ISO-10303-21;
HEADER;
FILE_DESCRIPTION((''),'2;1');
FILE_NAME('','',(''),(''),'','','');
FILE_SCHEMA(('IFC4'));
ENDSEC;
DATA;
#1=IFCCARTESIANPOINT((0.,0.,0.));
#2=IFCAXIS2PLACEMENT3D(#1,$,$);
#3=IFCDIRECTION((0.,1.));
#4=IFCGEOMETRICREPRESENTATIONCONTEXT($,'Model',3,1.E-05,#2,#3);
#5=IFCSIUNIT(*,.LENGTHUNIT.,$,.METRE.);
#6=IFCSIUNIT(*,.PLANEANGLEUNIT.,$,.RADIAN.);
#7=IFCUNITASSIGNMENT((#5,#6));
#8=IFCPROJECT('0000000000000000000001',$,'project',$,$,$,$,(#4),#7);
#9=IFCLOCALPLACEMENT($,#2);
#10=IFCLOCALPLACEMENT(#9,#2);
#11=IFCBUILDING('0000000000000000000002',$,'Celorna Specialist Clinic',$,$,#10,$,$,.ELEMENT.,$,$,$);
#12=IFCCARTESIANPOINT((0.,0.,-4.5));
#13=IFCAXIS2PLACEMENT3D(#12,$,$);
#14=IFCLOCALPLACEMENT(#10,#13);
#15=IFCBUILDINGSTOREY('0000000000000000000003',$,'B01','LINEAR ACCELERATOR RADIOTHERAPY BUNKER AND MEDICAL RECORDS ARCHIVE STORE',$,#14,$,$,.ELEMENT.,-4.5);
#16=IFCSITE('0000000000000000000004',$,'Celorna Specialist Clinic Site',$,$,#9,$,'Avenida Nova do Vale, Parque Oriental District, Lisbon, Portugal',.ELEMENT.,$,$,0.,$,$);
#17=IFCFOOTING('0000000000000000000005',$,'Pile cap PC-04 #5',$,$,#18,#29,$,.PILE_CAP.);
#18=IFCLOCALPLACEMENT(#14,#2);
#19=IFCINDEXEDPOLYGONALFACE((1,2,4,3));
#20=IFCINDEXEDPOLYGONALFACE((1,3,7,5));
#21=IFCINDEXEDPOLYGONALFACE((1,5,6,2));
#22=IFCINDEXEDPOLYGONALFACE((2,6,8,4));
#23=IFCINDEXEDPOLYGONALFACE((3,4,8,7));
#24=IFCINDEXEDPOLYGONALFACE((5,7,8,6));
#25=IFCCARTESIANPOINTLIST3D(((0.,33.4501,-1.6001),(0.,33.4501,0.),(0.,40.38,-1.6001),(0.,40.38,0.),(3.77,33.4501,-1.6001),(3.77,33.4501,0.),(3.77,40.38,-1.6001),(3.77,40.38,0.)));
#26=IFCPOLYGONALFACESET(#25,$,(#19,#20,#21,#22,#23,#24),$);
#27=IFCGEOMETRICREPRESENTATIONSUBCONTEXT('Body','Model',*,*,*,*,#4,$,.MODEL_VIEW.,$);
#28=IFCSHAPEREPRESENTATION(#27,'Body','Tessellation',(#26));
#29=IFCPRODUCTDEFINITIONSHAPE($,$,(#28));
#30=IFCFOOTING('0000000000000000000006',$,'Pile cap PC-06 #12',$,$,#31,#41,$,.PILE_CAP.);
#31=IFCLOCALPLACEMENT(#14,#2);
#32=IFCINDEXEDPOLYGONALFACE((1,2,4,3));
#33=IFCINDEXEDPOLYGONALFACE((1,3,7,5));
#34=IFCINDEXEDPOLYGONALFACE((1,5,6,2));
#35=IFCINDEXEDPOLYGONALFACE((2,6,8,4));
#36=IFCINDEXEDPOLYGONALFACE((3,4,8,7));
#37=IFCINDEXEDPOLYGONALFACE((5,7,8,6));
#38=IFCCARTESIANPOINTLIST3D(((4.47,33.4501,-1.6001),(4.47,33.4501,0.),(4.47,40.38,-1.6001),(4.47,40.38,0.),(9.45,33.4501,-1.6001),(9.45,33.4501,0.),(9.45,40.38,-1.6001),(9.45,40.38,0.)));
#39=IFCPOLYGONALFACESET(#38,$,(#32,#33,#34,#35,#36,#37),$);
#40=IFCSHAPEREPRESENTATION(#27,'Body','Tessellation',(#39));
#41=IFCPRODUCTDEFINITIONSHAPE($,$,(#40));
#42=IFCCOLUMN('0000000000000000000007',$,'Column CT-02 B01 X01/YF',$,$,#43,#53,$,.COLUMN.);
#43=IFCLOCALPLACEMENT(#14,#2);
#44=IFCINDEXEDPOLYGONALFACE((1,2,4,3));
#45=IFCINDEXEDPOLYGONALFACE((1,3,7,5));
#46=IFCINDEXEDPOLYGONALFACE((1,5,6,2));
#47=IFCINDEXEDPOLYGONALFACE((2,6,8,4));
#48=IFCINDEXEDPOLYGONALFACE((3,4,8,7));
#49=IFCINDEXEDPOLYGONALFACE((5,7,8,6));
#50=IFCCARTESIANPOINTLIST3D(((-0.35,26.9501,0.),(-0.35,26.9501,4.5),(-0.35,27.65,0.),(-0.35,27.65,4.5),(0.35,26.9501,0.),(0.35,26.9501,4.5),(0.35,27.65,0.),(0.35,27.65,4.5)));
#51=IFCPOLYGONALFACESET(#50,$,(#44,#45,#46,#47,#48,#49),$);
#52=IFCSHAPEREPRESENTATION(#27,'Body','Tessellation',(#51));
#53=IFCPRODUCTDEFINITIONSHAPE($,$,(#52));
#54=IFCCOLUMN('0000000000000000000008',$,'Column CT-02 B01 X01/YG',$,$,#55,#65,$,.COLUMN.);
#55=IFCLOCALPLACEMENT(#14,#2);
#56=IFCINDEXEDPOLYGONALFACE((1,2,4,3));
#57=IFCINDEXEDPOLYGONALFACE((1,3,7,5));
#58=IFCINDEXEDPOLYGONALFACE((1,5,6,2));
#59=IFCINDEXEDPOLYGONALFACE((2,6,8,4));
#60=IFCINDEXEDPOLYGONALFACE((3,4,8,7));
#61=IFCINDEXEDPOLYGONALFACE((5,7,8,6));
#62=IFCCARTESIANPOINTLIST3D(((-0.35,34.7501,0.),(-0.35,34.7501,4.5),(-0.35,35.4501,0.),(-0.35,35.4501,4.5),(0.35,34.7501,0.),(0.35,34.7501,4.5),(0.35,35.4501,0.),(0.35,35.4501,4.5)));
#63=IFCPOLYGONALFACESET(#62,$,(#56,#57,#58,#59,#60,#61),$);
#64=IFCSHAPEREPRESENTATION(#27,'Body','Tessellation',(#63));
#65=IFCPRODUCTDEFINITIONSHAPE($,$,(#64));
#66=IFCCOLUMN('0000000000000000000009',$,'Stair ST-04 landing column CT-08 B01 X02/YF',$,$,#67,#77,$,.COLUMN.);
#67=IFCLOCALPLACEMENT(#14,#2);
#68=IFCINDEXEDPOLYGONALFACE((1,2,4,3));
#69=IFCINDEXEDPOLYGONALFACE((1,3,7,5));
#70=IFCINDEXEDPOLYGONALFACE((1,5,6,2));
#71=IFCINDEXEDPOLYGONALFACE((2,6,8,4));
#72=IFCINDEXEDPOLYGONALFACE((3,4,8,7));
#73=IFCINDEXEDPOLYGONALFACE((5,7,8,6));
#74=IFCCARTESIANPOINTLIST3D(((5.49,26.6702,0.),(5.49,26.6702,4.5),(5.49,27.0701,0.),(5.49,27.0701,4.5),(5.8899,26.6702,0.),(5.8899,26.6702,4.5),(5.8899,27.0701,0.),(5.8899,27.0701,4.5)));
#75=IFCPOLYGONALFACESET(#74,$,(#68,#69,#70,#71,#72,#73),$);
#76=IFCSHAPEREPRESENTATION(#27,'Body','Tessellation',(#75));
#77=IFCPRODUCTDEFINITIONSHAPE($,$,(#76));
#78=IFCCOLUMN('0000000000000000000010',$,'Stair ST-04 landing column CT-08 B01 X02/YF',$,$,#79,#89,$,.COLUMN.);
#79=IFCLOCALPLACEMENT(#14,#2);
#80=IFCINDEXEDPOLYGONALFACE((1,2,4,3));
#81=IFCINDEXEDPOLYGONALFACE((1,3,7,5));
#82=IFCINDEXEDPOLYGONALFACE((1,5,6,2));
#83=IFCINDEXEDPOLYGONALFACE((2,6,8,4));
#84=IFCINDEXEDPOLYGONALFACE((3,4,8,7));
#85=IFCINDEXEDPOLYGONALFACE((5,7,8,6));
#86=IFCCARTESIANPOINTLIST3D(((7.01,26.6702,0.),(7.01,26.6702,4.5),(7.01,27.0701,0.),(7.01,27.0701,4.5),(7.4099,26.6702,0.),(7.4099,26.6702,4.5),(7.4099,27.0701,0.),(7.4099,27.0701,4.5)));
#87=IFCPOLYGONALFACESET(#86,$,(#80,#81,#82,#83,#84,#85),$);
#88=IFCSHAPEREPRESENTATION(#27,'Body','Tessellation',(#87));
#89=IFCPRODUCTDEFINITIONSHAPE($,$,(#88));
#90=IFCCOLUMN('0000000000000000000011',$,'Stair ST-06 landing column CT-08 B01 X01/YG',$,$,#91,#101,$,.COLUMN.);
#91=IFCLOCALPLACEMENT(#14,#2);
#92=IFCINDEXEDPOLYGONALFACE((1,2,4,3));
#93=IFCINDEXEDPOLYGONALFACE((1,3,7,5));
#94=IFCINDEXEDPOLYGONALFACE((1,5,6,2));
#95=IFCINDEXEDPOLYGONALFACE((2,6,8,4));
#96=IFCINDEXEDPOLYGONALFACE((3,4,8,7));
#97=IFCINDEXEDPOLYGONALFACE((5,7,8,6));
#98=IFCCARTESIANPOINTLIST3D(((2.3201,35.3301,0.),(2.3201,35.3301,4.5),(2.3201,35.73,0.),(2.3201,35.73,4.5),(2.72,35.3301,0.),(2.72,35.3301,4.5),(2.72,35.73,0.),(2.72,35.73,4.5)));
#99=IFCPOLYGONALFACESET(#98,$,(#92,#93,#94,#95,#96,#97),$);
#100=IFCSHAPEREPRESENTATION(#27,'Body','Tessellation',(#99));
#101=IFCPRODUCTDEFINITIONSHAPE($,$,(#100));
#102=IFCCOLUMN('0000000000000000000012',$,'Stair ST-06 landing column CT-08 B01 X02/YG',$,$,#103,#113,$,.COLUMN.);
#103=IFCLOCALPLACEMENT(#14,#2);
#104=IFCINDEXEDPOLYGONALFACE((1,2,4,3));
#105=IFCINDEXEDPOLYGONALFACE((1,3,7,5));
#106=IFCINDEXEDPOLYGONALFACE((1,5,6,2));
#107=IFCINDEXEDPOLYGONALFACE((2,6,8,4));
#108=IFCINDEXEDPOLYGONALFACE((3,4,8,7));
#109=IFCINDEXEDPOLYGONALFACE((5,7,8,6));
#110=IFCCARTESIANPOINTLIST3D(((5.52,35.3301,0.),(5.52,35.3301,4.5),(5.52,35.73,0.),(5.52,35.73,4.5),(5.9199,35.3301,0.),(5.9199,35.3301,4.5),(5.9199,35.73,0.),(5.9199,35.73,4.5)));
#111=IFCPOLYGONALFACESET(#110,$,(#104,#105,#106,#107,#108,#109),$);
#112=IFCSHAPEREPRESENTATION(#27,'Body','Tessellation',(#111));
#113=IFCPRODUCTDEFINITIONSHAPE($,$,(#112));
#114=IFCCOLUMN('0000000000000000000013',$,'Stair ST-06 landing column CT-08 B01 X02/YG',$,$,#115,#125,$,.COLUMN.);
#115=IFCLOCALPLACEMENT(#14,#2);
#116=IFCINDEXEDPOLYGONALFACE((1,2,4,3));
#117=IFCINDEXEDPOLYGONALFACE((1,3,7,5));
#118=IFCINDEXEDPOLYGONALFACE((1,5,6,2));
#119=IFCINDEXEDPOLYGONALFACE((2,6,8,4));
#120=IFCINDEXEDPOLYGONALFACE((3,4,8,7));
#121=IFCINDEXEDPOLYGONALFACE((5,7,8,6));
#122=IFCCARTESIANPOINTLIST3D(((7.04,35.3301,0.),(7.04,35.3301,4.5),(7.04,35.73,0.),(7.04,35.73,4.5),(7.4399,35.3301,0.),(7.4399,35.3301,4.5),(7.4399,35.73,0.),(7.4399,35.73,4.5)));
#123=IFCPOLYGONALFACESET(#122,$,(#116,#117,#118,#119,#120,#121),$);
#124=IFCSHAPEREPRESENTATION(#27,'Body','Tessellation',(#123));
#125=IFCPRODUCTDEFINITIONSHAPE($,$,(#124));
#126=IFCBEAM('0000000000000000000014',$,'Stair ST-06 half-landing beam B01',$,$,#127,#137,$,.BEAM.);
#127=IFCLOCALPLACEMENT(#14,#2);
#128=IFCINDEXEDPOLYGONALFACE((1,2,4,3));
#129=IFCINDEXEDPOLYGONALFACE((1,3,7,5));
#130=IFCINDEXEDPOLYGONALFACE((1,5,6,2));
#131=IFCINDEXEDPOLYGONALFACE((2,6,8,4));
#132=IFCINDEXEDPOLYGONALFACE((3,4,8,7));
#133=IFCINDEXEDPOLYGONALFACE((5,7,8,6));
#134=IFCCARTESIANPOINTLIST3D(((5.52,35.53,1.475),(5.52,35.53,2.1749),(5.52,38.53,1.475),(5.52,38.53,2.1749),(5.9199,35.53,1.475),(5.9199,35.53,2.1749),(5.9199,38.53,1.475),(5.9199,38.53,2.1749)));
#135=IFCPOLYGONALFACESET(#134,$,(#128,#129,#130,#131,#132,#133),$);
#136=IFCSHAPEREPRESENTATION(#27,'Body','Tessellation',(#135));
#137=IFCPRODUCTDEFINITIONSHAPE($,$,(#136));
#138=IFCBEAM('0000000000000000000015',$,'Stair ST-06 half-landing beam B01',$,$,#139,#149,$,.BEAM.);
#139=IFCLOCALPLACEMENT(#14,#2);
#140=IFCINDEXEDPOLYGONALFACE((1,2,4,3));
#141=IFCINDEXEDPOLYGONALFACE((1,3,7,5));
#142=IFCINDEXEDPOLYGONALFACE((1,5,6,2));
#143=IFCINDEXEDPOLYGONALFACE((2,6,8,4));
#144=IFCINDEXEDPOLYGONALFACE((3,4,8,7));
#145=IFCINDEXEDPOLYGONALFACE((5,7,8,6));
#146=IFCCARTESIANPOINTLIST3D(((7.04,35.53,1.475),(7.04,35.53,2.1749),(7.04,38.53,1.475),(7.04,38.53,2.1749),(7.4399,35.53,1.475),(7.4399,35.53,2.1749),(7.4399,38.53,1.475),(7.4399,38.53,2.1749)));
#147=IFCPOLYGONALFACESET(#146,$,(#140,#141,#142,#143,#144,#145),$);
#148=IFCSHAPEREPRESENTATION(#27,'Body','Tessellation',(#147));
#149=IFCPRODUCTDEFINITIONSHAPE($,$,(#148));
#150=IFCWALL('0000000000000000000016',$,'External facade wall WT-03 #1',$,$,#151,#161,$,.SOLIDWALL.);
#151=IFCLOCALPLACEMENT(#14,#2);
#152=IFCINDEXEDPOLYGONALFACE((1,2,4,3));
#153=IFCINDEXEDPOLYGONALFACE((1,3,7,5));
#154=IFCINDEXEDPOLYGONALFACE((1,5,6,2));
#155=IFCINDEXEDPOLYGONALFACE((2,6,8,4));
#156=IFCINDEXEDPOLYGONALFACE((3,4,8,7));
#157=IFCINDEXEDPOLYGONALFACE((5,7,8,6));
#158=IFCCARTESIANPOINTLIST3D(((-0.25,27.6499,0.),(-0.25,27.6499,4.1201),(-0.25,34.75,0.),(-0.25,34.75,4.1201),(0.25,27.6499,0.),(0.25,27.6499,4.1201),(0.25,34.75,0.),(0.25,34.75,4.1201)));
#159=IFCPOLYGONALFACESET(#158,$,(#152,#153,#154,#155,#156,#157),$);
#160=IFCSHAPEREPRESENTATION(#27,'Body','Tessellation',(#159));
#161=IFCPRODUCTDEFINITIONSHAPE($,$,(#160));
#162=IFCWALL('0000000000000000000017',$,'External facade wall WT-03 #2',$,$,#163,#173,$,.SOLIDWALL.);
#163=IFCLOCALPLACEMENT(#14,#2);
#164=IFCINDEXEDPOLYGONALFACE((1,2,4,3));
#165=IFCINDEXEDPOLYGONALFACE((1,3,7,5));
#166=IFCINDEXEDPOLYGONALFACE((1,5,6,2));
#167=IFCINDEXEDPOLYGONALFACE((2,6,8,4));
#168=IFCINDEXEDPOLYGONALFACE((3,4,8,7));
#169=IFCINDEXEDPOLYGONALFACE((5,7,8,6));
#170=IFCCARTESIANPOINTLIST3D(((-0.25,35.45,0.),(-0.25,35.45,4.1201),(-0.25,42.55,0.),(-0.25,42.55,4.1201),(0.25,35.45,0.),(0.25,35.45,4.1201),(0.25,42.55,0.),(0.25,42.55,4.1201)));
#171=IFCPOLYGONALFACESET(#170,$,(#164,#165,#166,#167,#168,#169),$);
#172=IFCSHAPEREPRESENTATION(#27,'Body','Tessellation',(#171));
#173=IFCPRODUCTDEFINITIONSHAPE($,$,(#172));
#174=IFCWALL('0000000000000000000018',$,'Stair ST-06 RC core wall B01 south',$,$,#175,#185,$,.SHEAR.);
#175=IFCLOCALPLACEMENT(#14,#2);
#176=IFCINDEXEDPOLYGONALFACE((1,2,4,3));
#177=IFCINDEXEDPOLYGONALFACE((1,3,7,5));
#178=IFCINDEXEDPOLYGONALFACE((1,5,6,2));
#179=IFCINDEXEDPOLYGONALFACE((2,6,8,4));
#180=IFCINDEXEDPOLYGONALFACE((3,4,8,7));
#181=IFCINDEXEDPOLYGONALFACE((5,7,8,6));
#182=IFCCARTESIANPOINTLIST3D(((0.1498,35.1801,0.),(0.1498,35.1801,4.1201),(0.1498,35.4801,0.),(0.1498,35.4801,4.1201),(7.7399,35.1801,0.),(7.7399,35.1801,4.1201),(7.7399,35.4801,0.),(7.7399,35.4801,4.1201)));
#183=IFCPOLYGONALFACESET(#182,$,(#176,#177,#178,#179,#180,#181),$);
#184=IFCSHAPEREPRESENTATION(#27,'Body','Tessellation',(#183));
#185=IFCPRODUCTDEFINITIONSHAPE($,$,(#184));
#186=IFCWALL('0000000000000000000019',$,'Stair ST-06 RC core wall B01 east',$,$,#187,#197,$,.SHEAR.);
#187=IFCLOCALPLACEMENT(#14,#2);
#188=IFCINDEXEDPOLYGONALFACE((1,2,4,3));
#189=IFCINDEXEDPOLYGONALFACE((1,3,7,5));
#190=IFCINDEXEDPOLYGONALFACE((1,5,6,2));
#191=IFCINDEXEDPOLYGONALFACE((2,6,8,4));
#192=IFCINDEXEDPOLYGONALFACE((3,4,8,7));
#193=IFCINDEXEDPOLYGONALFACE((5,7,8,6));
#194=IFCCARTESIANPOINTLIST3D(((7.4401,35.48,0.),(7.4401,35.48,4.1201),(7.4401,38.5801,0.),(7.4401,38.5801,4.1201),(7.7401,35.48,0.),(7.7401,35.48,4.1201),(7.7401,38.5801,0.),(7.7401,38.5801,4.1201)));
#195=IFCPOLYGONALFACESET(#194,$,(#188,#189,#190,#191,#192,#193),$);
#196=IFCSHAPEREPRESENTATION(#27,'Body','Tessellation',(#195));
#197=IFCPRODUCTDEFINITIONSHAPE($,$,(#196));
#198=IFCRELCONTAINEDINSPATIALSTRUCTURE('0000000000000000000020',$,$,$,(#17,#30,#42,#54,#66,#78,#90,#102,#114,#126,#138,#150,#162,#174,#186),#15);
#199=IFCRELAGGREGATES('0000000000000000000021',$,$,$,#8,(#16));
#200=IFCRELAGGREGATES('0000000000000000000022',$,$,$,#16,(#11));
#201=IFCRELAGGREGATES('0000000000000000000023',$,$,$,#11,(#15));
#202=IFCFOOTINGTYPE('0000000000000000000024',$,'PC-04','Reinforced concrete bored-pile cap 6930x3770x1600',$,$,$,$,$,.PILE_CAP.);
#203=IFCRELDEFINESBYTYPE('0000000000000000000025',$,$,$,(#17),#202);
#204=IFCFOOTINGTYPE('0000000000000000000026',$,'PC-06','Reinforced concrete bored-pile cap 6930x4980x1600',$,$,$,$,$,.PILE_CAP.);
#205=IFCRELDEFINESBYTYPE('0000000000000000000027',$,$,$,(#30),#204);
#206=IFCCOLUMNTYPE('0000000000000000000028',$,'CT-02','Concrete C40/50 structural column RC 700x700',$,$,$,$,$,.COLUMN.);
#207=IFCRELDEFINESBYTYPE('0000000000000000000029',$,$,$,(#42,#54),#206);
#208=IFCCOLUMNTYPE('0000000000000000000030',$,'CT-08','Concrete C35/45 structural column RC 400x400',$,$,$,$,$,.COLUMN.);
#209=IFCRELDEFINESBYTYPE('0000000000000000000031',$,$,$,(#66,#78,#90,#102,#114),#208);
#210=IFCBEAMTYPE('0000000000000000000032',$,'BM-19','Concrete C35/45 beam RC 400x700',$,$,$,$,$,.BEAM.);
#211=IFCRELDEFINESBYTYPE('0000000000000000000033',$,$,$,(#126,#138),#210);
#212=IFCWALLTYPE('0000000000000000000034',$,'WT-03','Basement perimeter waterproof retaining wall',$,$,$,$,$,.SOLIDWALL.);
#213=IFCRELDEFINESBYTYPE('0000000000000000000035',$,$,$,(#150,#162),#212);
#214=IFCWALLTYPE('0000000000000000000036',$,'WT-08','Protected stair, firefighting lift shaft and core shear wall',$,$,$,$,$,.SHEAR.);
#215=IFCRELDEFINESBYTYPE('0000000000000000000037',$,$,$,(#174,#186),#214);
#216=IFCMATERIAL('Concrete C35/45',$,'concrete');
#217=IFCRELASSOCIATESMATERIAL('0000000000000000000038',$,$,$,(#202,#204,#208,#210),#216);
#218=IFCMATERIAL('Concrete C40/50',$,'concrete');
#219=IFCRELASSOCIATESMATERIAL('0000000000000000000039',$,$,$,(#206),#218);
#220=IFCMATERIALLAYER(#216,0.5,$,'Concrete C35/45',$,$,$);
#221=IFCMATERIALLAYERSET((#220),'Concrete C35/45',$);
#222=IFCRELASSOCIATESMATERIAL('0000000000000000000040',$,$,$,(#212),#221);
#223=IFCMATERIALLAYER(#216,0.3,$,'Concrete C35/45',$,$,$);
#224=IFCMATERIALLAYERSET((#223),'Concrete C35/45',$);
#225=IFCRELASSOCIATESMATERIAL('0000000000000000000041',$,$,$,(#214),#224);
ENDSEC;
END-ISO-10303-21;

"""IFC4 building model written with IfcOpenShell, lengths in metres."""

from ifc_helpers import new_model, si_unit, direction, frame, frame_2d, origin, origin_2d, place, context, subcontext, project, spatial, rectangle, extrude, material, layer, layer_set, material_profile, profile_set, type_object, element, save


model = new_model("IFC4")

# Units and contexts
model_context = context("Model", 3, precision=1e-05, world=origin(), true_north=direction((0.0, 1.0)))
body_context = subcontext(model_context, "Body", "Model", "MODEL_VIEW")
ifc_project = project(units=[si_unit("LENGTHUNIT", "METRE"), si_unit("PLANEANGLEUNIT", "RADIAN")], contexts=[model_context])

# Site, building, storey
site_placement = place(None, origin())
site = spatial("IfcSite", under=ifc_project, at=site_placement, Name="Celorna Specialist Clinic Site", LongName="Avenida Nova do Vale, Parque Oriental District, Lisbon, Portugal", CompositionType="ELEMENT", RefElevation=0.0)
building_placement = place(site_placement, origin())
building = spatial("IfcBuilding", under=site, at=building_placement, Name="Celorna Specialist Clinic", CompositionType="ELEMENT")
storey_placement = place(building_placement, frame((0.0, 0.0, -4.5)))
storey = spatial("IfcBuildingStorey", under=building, at=storey_placement, Name="B01", Description="LINEAR ACCELERATOR RADIOTHERAPY BUNKER AND MEDICAL RECORDS ARCHIVE STORE", CompositionType="ELEMENT", Elevation=-4.5)

# Shared definitions
ifc_material_1 = material(Name="Concrete C35/45", Category="concrete")

# Footings
footing_type_1 = type_object("IfcFootingType", Name="PC-04", Description="Reinforced concrete bored-pile cap 6930x3770x1600", PredefinedType="PILE_CAP", material=ifc_material_1)
footing_1_placement = place(storey_placement, frame((1.885, 36.915, -1.6001), z_axis=(0.0, 0.0, 1.0), x_axis=(1.0, 0.0, 0.0)))
element("IfcFooting", 1, at=footing_1_placement, inside=storey, type_object=footing_type_1, Name="Pile cap PC-04 #5", PredefinedType="PILE_CAP", context=body_context, shape_type="SweptSolid", body=[
    extrude(rectangle(XDim=3.77, YDim=6.9299, at=origin_2d()), origin(), (0.0, 0.0, 1.0), 1.6001),
])
footing_type_2 = type_object("IfcFootingType", Name="PC-06", Description="Reinforced concrete bored-pile cap 6930x4980x1600", PredefinedType="PILE_CAP", material=ifc_material_1)
footing_2_placement = place(storey_placement, frame((6.96, 36.915, -1.6001), z_axis=(0.0, 0.0, 1.0), x_axis=(1.0, 0.0, 0.0)))
element("IfcFooting", 2, at=footing_2_placement, inside=storey, type_object=footing_type_2, Name="Pile cap PC-06 #12", PredefinedType="PILE_CAP", context=body_context, shape_type="SweptSolid", body=[
    extrude(rectangle(XDim=4.98, YDim=6.9299, at=origin_2d()), origin(), (0.0, 0.0, 1.0), 1.6001),
])

# Columns
ifc_material_2 = material(Name="Concrete C40/50", Category="concrete")
ifc_material_profile_1 = material_profile(ifc_material_2, rectangle(XDim=0.7, YDim=0.7, at=origin_2d()), Name="RC 700x700")
ifc_profile_set_1 = profile_set([ifc_material_profile_1], Name="Concrete C40/50")
column_type_1 = type_object("IfcColumnType", Name="CT-02", Description="Concrete C40/50 structural column RC 700x700", PredefinedType="COLUMN", material=ifc_profile_set_1)
for number, where, z_axis, x_axis, name in (
    (3, (0.0, 27.3, 0.0), (0.0, 0.0, 1.0), (1.0, 0.0, 0.0), "Column CT-02 B01 X01/YF"),
    (4, (0.0, 35.1001, 0.0), (0.0, 0.0, 1.0), (1.0, 0.0, 0.0), "Column CT-02 B01 X01/YG"),
):
    element("IfcColumn", number, at=place(storey_placement, frame(where, z_axis=z_axis, x_axis=x_axis)), inside=storey, type_object=column_type_1, Name=name, PredefinedType="COLUMN", context=body_context, shape_type="SweptSolid", body=[
        extrude(rectangle(XDim=0.7, YDim=0.7, at=origin_2d()), origin(), (0.0, 0.0, 1.0), 4.5),
    ])
ifc_material_profile_2 = material_profile(ifc_material_1, rectangle(XDim=0.3999, YDim=0.3999, at=origin_2d()), Name="RC 400x400")
ifc_profile_set_2 = profile_set([ifc_material_profile_2], Name="Concrete C35/45")
column_type_2 = type_object("IfcColumnType", Name="CT-08", Description="Concrete C35/45 structural column RC 400x400", PredefinedType="COLUMN", material=ifc_profile_set_2)
for number, where, z_axis, x_axis, name in (
    (5, (5.6899, 26.8701, 0.0), (0.0, 0.0, 1.0), (1.0, 0.0, 0.0), "Stair ST-04 landing column CT-08 B01 X02/YF"),
    (6, (7.21, 26.8701, 0.0), (0.0, 0.0, 1.0), (1.0, 0.0, 0.0), "Stair ST-04 landing column CT-08 B01 X02/YF"),
    (7, (2.52, 35.53, 0.0), (0.0, 0.0, 1.0), (1.0, 0.0, 0.0), "Stair ST-06 landing column CT-08 B01 X01/YG"),
    (8, (5.72, 35.53, 0.0), (0.0, 0.0, 1.0), (1.0, 0.0, 0.0), "Stair ST-06 landing column CT-08 B01 X02/YG"),
    (9, (7.24, 35.53, 0.0), (0.0, 0.0, 1.0), (1.0, 0.0, 0.0), "Stair ST-06 landing column CT-08 B01 X02/YG"),
):
    element("IfcColumn", number, at=place(storey_placement, frame(where, z_axis=z_axis, x_axis=x_axis)), inside=storey, type_object=column_type_2, Name=name, PredefinedType="COLUMN", context=body_context, shape_type="SweptSolid", body=[
        extrude(rectangle(XDim=0.3999, YDim=0.3999, at=origin_2d()), origin(), (0.0, 0.0, 1.0), 4.5),
    ])

# Beams
ifc_material_profile_3 = material_profile(ifc_material_1, rectangle(XDim=0.3999, YDim=0.7, at=origin_2d()), Name="RC 400x700")
ifc_profile_set_3 = profile_set([ifc_material_profile_3], Name="Concrete C35/45")
beam_type = type_object("IfcBeamType", Name="BM-19", Description="Concrete C35/45 beam RC 400x700", PredefinedType="BEAM", material=ifc_profile_set_3)
for number, where, z_axis, x_axis, name in (
    (10, (5.72, 35.53, 1.825), (0.0, 1.0, 0.0), (-1.0, 0.0, 0.0), "Stair ST-06 half-landing beam B01"),
    (11, (7.24, 35.53, 1.825), (0.0, 1.0, 0.0), (-1.0, 0.0, 0.0), "Stair ST-06 half-landing beam B01"),
):
    element("IfcBeam", number, at=place(storey_placement, frame(where, z_axis=z_axis, x_axis=x_axis)), inside=storey, type_object=beam_type, Name=name, PredefinedType="BEAM", context=body_context, shape_type="SweptSolid", body=[
        extrude(rectangle(XDim=0.3999, YDim=0.7, at=origin_2d()), origin(), (0.0, 0.0, 1.0), 3.0),
    ])

# Walls
ifc_layer_1 = layer(ifc_material_1, 0.5, Name="Concrete C35/45")
ifc_layer_set_1 = layer_set([ifc_layer_1], Name="Concrete C35/45")
wall_type_1 = type_object("IfcWallType", Name="WT-03", Description="Basement perimeter waterproof retaining wall", PredefinedType="SOLIDWALL", material=ifc_layer_set_1)
for number, where, z_axis, x_axis, name in (
    (12, (0.0, 27.6499, 0.0), (0.0, 0.0, 1.0), (0.0, 1.0, 0.0), "External facade wall WT-03 #1"),
    (13, (0.0, 35.45, 0.0), (0.0, 0.0, 1.0), (0.0, 1.0, 0.0), "External facade wall WT-03 #2"),
):
    element("IfcWall", number, at=place(storey_placement, frame(where, z_axis=z_axis, x_axis=x_axis)), inside=storey, type_object=wall_type_1, Name=name, PredefinedType="SOLIDWALL", context=body_context, shape_type="SweptSolid", body=[
        extrude(rectangle(XDim=7.1001, YDim=0.5, at=frame_2d((3.55, 0.0))), origin(), (0.0, 0.0, 1.0), 4.1201),
    ])
ifc_layer_2 = layer(ifc_material_1, 0.3, Name="Concrete C35/45")
ifc_layer_set_2 = layer_set([ifc_layer_2], Name="Concrete C35/45")
wall_type_2 = type_object("IfcWallType", Name="WT-08", Description="Protected stair, firefighting lift shaft and core shear wall", PredefinedType="SHEAR", material=ifc_layer_set_2)
wall_1_placement = place(storey_placement, frame((0.1499, 35.3301, 0.0), z_axis=(0.0, 0.0, 1.0), x_axis=(1.0, 0.0, 0.0)))
element("IfcWall", 14, at=wall_1_placement, inside=storey, type_object=wall_type_2, Name="Stair ST-06 RC core wall B01 south", PredefinedType="SHEAR", context=body_context, shape_type="SweptSolid", body=[
    extrude(rectangle(XDim=7.5901, YDim=0.3, at=frame_2d((3.7949, 0.0))), origin(), (0.0, 0.0, 1.0), 4.1201),
])
wall_2_placement = place(storey_placement, frame((7.5901, 35.48, 0.0), z_axis=(0.0, 0.0, 1.0), x_axis=(0.0, 1.0, 0.0)))
element("IfcWall", 15, at=wall_2_placement, inside=storey, type_object=wall_type_2, Name="Stair ST-06 RC core wall B01 east", PredefinedType="SHEAR", context=body_context, shape_type="SweptSolid", body=[
    extrude(rectangle(XDim=3.1001, YDim=0.3, at=frame_2d((1.55, 0.0))), origin(), (0.0, 0.0, 1.0), 4.1201),
])

save(model, "model.ifc")
